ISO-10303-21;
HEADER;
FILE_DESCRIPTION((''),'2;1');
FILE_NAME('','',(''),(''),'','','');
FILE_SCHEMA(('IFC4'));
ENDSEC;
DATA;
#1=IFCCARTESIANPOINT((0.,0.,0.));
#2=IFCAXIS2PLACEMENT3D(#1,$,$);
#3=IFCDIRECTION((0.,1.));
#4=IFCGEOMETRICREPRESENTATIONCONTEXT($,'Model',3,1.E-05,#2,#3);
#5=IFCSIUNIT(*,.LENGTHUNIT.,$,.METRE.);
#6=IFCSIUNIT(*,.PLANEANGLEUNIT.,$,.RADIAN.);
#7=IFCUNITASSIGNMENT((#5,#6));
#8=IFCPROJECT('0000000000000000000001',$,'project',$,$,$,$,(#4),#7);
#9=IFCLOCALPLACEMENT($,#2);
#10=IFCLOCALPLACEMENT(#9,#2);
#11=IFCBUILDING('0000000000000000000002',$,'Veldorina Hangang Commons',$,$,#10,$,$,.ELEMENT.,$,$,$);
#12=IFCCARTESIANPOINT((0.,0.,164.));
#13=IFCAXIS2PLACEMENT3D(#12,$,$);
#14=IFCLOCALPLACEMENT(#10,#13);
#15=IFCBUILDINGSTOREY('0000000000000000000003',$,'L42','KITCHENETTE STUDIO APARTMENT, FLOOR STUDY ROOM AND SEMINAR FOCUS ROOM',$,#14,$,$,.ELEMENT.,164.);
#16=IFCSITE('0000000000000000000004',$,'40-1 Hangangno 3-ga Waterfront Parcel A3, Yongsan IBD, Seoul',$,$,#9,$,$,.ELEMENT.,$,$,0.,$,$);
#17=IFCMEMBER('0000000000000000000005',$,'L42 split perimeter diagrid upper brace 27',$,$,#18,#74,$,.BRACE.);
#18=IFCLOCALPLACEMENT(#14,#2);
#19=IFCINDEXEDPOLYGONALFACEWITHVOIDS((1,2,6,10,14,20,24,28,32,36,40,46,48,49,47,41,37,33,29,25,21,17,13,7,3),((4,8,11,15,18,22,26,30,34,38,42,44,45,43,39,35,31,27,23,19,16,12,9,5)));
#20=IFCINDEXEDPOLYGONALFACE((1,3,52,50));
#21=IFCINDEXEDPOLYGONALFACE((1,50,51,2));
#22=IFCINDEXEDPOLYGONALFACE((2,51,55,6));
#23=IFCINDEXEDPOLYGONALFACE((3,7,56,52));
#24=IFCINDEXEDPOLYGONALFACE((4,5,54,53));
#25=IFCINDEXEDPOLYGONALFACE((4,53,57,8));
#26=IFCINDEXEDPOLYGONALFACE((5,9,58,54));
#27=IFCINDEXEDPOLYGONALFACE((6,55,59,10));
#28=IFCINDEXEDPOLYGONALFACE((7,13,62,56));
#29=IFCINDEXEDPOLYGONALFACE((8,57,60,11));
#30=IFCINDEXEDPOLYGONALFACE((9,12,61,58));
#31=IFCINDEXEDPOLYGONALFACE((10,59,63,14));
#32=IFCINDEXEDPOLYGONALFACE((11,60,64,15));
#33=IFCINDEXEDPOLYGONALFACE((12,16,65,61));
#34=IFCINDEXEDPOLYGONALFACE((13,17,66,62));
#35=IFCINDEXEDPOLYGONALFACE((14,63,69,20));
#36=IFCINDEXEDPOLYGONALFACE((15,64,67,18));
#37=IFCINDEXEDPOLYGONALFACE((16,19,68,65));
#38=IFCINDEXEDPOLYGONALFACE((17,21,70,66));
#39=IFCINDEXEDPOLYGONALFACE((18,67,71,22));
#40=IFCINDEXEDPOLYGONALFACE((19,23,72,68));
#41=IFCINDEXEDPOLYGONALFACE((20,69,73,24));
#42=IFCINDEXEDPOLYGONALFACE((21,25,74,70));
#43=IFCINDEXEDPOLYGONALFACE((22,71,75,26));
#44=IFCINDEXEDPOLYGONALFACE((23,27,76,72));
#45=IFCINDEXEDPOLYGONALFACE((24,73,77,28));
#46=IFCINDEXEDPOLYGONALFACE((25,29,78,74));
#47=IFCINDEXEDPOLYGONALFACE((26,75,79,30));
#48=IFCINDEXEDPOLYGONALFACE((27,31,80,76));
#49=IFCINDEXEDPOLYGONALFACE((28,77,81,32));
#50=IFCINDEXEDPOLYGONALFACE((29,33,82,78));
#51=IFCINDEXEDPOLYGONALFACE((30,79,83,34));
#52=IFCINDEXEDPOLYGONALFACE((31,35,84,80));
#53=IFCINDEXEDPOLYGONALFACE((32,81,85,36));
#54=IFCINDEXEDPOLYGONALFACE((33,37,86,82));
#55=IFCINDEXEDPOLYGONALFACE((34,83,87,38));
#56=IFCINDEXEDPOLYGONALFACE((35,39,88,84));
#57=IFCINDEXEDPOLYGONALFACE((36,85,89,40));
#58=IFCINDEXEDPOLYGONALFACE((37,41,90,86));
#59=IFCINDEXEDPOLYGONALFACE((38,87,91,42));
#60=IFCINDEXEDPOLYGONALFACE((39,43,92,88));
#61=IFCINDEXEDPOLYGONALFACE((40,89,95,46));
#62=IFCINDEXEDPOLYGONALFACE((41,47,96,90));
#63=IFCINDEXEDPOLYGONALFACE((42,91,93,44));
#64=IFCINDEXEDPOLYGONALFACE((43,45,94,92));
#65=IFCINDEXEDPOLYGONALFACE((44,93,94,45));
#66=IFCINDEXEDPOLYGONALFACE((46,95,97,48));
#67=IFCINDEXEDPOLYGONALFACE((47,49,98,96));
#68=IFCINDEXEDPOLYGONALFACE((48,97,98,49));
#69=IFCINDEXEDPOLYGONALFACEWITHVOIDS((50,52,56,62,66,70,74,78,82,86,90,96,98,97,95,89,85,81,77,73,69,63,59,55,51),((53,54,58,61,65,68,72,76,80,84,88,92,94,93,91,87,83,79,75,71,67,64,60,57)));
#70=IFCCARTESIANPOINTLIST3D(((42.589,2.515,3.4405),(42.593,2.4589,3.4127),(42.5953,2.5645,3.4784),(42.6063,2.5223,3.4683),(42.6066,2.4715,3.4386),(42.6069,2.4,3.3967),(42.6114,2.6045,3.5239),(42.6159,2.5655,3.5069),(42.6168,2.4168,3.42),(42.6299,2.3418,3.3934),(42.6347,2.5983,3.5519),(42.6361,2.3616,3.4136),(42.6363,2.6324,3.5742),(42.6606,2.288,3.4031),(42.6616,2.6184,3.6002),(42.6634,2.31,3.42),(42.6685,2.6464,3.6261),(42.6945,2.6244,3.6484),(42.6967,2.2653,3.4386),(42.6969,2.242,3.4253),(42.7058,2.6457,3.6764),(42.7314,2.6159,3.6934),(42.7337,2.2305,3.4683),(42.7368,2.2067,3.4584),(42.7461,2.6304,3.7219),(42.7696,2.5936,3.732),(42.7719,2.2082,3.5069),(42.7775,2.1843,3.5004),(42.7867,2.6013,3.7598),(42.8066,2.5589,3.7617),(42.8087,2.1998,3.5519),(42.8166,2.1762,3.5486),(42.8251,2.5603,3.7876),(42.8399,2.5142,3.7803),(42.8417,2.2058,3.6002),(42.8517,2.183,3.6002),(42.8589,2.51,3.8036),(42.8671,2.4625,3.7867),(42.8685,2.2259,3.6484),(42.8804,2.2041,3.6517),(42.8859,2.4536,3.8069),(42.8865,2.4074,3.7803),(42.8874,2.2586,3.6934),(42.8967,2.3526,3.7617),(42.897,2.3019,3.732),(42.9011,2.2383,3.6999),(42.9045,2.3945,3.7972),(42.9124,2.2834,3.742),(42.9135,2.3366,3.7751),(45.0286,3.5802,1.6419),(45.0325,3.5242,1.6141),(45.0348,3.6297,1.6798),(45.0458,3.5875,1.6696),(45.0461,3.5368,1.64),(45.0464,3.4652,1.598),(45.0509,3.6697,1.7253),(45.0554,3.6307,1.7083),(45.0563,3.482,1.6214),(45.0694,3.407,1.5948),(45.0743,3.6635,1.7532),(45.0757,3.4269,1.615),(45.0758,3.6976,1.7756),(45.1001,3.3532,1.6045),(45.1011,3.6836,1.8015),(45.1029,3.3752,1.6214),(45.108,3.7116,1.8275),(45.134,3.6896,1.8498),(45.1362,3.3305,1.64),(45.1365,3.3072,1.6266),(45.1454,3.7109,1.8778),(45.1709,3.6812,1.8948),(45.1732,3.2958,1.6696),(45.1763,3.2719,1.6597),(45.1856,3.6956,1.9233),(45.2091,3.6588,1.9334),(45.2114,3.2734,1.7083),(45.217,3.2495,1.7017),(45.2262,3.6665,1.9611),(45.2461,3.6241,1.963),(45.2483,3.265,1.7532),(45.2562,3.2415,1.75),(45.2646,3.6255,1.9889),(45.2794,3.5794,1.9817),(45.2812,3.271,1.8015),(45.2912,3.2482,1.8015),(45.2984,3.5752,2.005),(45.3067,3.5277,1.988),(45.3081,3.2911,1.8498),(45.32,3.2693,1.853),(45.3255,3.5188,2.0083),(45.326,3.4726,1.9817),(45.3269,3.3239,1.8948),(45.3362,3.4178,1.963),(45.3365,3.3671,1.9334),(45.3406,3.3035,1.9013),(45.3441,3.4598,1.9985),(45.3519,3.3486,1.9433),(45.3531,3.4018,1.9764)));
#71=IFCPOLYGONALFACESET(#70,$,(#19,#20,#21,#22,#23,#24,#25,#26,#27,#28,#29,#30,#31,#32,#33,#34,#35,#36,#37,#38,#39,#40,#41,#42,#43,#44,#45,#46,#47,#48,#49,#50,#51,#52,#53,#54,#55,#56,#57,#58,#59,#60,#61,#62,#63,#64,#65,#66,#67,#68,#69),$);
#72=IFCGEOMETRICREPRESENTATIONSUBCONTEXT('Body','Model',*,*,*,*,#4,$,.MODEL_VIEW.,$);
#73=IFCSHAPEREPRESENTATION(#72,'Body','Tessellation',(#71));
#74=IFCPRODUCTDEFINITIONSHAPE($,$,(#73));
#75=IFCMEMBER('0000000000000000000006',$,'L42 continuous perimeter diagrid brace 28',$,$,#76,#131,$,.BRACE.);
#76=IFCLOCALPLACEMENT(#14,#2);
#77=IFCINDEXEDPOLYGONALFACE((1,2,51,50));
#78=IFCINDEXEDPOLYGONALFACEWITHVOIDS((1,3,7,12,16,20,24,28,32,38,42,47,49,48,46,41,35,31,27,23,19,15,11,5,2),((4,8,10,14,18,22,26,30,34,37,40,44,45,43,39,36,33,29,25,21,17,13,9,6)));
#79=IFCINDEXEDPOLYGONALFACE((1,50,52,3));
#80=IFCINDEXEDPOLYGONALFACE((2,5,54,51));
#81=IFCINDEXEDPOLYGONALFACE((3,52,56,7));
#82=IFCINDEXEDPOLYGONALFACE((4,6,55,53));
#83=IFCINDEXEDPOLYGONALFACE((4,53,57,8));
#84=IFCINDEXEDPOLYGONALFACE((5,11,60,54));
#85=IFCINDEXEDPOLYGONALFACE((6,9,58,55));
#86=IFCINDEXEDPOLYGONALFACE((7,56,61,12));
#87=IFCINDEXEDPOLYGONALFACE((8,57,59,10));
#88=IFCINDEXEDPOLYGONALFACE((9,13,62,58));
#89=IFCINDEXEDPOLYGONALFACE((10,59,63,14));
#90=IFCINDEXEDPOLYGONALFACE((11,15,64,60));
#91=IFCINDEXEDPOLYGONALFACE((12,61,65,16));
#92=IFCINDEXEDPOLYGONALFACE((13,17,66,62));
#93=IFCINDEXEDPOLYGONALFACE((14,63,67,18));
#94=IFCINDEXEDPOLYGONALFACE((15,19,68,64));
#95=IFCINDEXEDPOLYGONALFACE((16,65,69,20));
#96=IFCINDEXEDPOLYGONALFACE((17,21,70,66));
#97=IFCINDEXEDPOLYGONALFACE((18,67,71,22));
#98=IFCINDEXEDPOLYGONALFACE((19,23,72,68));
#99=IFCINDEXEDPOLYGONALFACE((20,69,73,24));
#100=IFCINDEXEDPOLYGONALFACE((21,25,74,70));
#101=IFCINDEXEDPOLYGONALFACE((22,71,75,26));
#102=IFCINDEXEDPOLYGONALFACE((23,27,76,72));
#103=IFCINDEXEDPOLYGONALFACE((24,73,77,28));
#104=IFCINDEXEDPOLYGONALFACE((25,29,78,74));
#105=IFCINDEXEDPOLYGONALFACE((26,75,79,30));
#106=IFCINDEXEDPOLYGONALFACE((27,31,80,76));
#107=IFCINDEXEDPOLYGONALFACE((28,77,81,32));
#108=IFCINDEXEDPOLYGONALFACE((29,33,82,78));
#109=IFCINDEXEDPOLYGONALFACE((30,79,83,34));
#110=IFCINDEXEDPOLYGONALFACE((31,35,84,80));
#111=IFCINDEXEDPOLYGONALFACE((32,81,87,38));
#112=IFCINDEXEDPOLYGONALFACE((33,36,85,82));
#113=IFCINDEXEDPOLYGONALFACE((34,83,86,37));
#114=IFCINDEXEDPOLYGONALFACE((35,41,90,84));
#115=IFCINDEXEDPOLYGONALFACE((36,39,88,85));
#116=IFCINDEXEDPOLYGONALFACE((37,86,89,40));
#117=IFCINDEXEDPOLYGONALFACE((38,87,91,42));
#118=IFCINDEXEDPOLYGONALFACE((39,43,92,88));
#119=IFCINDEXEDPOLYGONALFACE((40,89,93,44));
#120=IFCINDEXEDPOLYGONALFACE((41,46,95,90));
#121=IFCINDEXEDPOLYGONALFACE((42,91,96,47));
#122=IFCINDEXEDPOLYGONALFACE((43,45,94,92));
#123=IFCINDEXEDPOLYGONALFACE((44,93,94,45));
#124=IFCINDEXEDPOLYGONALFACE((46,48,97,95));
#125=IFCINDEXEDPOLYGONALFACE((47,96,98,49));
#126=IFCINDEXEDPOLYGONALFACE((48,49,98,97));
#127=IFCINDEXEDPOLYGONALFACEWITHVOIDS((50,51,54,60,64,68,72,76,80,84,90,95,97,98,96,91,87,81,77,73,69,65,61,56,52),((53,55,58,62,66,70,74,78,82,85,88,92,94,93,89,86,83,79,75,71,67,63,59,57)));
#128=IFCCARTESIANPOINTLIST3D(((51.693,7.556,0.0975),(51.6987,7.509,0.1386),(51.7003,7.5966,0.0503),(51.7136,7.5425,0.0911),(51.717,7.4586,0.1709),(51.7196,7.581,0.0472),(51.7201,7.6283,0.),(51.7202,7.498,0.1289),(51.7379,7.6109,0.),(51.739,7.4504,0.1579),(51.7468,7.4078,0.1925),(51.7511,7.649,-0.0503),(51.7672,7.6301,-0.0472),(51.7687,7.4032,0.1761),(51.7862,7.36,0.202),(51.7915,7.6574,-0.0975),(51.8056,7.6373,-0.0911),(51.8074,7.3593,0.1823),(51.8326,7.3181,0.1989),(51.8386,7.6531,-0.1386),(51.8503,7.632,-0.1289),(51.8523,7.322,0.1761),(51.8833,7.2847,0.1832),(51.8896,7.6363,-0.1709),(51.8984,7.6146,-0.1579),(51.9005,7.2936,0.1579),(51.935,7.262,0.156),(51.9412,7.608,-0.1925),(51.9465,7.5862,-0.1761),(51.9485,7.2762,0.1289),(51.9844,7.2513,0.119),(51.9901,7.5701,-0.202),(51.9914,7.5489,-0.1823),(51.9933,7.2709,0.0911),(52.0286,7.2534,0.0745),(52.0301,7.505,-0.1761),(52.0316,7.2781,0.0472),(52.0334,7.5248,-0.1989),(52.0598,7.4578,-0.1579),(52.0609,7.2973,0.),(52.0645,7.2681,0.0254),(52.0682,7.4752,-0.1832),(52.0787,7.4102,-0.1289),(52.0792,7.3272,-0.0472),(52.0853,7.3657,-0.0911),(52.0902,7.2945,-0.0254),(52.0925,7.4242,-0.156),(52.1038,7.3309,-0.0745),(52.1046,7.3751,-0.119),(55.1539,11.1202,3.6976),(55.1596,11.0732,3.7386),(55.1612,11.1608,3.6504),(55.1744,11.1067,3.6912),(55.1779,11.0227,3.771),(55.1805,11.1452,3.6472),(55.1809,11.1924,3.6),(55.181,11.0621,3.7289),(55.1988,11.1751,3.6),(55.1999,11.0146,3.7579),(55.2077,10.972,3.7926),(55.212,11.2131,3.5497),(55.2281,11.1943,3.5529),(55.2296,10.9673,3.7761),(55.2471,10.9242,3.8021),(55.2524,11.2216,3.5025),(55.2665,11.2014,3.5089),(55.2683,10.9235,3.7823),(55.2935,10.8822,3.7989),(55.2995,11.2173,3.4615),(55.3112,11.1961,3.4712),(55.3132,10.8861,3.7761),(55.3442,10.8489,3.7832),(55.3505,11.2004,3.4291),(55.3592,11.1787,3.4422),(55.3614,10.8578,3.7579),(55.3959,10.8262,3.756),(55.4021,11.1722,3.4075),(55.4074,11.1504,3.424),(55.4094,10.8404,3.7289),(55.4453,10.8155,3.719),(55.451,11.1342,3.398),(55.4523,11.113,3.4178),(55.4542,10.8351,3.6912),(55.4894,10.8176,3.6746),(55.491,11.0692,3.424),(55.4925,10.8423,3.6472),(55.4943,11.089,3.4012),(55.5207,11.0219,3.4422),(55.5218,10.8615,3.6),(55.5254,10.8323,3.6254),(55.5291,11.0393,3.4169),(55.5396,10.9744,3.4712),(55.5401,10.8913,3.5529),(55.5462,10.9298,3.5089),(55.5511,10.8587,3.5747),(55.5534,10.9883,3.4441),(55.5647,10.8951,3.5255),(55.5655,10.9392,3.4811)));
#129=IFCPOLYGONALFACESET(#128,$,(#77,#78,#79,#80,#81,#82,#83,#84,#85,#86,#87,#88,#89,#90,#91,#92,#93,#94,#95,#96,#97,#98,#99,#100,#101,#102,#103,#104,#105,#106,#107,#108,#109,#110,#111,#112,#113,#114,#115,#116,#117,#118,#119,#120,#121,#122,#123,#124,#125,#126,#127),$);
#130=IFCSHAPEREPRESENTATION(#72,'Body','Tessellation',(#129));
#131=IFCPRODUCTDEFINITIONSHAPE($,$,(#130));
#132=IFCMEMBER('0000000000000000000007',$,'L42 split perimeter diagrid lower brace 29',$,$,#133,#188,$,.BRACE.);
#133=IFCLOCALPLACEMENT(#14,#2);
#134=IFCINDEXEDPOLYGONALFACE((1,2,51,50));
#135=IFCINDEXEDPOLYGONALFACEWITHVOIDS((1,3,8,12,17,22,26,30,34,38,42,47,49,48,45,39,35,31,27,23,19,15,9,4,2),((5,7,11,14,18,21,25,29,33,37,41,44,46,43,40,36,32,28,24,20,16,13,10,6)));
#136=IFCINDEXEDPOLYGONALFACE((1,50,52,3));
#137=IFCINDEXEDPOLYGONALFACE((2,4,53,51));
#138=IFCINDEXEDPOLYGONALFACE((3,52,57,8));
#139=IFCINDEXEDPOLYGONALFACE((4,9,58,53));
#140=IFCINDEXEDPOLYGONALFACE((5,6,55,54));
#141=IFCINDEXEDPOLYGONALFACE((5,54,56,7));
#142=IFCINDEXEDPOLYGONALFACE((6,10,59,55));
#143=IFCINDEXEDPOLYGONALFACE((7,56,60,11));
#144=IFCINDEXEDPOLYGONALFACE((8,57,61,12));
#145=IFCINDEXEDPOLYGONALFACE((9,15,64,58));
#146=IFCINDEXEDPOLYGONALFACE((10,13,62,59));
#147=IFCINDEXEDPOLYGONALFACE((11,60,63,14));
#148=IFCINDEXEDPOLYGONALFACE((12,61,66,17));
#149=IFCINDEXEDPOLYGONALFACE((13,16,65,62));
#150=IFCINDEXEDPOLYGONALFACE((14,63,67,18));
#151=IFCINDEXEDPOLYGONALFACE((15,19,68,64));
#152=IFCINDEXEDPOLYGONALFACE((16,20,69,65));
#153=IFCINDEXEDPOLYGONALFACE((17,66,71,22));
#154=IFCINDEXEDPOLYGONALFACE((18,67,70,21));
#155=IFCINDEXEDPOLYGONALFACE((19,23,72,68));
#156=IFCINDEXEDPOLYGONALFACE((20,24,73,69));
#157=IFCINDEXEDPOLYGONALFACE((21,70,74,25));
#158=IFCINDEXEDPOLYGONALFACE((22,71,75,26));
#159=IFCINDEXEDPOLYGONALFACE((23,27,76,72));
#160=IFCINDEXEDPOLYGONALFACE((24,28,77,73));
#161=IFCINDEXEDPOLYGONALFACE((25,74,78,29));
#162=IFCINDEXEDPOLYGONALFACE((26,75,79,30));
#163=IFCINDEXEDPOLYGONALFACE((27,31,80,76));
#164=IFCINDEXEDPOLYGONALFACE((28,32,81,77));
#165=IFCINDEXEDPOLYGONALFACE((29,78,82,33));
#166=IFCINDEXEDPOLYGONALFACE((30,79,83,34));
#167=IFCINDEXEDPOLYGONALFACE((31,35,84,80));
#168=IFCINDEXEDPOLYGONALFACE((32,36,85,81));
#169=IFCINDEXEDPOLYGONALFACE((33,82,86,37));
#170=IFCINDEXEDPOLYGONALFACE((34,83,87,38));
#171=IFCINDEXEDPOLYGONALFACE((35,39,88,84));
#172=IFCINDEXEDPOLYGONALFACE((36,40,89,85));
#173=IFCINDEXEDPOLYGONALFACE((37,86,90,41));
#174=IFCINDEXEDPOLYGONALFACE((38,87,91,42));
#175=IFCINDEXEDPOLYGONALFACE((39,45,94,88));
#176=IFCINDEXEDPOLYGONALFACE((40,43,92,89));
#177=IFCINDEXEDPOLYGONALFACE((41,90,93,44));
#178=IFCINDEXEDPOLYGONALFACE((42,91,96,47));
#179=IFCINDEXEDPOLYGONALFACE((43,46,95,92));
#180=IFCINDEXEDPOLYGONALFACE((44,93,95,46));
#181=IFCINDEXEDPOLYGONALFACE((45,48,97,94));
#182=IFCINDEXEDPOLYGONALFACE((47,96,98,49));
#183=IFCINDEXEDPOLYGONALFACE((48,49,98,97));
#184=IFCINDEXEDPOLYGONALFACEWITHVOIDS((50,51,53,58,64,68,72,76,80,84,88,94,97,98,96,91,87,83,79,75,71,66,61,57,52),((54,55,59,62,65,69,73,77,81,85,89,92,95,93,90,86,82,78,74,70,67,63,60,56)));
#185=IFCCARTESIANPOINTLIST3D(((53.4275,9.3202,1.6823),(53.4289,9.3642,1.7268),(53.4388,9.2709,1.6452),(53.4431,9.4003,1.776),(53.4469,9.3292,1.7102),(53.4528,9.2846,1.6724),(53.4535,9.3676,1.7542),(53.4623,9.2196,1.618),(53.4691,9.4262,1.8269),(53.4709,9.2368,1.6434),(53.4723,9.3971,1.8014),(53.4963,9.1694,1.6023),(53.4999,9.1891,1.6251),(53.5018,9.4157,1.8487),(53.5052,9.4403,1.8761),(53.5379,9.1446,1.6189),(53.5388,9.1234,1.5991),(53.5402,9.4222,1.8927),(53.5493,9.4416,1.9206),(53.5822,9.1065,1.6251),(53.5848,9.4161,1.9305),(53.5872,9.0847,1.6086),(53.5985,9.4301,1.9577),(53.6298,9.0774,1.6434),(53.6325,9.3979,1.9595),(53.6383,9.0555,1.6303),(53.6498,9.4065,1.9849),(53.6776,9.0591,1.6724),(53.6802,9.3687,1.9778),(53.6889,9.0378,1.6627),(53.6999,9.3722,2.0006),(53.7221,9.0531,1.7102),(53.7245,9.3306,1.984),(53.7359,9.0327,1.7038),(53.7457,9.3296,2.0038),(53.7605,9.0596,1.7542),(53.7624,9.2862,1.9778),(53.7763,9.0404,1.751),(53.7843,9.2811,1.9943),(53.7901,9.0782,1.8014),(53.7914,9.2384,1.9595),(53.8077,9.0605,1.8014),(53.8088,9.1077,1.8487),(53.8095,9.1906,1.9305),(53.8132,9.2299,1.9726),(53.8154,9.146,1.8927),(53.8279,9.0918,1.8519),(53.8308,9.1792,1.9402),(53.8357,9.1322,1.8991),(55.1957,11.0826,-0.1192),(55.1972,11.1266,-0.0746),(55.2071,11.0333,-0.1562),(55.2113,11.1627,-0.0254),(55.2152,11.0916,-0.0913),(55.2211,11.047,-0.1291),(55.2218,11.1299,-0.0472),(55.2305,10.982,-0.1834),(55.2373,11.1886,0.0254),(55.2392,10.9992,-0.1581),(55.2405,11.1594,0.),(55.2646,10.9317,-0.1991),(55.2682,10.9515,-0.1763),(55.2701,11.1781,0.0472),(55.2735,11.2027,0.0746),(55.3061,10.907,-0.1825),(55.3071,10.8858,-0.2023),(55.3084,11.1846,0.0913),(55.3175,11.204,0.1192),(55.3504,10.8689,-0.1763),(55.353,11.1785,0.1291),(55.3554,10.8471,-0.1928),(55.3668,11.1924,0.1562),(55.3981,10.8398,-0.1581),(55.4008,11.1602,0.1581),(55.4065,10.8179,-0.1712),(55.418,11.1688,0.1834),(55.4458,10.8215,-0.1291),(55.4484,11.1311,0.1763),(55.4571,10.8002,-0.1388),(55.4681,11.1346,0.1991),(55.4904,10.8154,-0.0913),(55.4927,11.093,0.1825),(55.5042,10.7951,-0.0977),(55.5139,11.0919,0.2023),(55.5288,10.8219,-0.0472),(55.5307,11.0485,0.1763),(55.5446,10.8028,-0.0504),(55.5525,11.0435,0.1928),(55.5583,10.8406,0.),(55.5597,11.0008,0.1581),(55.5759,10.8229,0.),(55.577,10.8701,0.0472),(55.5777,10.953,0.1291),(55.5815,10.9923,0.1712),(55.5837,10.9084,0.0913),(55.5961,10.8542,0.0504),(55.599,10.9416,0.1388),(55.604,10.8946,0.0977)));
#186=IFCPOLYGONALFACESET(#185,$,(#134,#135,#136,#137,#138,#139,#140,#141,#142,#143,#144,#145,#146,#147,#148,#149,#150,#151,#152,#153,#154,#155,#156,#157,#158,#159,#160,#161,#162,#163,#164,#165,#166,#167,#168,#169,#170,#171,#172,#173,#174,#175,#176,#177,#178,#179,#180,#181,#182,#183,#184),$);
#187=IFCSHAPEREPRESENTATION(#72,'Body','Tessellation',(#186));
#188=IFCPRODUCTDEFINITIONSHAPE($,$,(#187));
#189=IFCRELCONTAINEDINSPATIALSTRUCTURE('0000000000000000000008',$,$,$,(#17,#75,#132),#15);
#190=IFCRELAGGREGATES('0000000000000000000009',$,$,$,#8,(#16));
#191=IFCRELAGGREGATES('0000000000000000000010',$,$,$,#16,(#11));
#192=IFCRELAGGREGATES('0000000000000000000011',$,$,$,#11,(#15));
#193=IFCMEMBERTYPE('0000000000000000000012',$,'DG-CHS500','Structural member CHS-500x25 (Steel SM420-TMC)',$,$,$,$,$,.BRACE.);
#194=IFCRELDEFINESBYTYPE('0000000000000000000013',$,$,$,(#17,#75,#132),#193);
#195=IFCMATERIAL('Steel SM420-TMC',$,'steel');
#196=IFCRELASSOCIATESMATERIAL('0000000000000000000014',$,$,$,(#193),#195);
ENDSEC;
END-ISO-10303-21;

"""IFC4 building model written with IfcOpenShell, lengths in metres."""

from ifc_helpers import new_model, si_unit, direction, frame, origin, origin_2d, place, context, subcontext, project, spatial, hollow_circle, extrude, material, material_profile, profile_set, type_object, element, save


model = new_model("IFC4")

# Units and contexts
model_context = context("Model", 3, precision=1e-05, world=origin(), true_north=direction((0.0, 1.0)))
body_context = subcontext(model_context, "Body", "Model", "MODEL_VIEW")
ifc_project = project(units=[si_unit("LENGTHUNIT", "METRE"), si_unit("PLANEANGLEUNIT", "RADIAN")], contexts=[model_context])

# Site, building, storey
site_placement = place(None, origin())
site = spatial("IfcSite", under=ifc_project, at=site_placement, Name="40-1 Hangangno 3-ga Waterfront Parcel A3, Yongsan IBD, Seoul", CompositionType="ELEMENT", RefElevation=0.0)
building_placement = place(site_placement, origin())
building = spatial("IfcBuilding", under=site, at=building_placement, Name="Veldorina Hangang Commons", CompositionType="ELEMENT")
storey_placement = place(building_placement, frame((0.0, 0.0, 164.0)))
storey = spatial("IfcBuildingStorey", under=building, at=storey_placement, Name="L42", Description="KITCHENETTE STUDIO APARTMENT, FLOOR STUDY ROOM AND SEMINAR FOCUS ROOM", CompositionType="ELEMENT", Elevation=164.0)

# Shared definitions
ifc_material_1 = material(Name="Steel SM420-TMC", Category="steel")

# Members
ifc_material_profile_1 = material_profile(ifc_material_1, hollow_circle(Radius=0.25, WallThickness=0.0249, at=origin_2d()), Name="CHS-500x25")
ifc_profile_set_1 = profile_set([ifc_material_profile_1], Name="Steel SM420-TMC")
member_type_1 = type_object("IfcMemberType", Name="DG-CHS500", Description="Structural member CHS-500x25 (Steel SM420-TMC)", PredefinedType="BRACE", material=ifc_profile_set_1)
member_1_placement = place(storey_placement, frame((45.1912, 3.4773, 1.8015), z_axis=(-0.759352, -0.33157, 0.559862), x_axis=(0.400164, -0.916443, 0.0)))
element("IfcMember", 1, at=member_1_placement, inside=storey, type_object=member_type_1, Name="L42 split perimeter diagrid upper brace 27", PredefinedType="BRACE", context=body_context, shape_type="SweptSolid", body=[
    extrude(hollow_circle(Radius=0.25, WallThickness=0.0249, at=origin_2d()), origin(), (0.0, 0.0, 1.0), 3.2126),
])
member_2_placement = place(storey_placement, frame((51.8994, 7.4541, 0.0), z_axis=(0.564099, 0.580931, 0.586781), x_axis=(-0.717424, 0.696637, 0.0)))
element("IfcMember", 2, at=member_2_placement, inside=storey, type_object=member_type_1, Name="L42 continuous perimeter diagrid brace 28", PredefinedType="BRACE", context=body_context, shape_type="SweptSolid", body=[
    extrude(hollow_circle(Radius=0.25, WallThickness=0.0249, at=origin_2d()), origin(), (0.0, 0.0, 1.0), 6.1353),
])
member_3_placement = place(storey_placement, frame((55.3994, 11.0, 0.0), z_axis=(-0.574363, -0.57246, 0.585147), x_axis=(0.705932, -0.708279, 0.0)))
element("IfcMember", 3, at=member_3_placement, inside=storey, type_object=member_type_1, Name="L42 split perimeter diagrid lower brace 29", PredefinedType="BRACE", context=body_context, shape_type="SweptSolid", body=[
    extrude(hollow_circle(Radius=0.25, WallThickness=0.0249, at=origin_2d()), origin(), (0.0, 0.0, 1.0), 3.0786),
])

save(model, "model.ifc")
